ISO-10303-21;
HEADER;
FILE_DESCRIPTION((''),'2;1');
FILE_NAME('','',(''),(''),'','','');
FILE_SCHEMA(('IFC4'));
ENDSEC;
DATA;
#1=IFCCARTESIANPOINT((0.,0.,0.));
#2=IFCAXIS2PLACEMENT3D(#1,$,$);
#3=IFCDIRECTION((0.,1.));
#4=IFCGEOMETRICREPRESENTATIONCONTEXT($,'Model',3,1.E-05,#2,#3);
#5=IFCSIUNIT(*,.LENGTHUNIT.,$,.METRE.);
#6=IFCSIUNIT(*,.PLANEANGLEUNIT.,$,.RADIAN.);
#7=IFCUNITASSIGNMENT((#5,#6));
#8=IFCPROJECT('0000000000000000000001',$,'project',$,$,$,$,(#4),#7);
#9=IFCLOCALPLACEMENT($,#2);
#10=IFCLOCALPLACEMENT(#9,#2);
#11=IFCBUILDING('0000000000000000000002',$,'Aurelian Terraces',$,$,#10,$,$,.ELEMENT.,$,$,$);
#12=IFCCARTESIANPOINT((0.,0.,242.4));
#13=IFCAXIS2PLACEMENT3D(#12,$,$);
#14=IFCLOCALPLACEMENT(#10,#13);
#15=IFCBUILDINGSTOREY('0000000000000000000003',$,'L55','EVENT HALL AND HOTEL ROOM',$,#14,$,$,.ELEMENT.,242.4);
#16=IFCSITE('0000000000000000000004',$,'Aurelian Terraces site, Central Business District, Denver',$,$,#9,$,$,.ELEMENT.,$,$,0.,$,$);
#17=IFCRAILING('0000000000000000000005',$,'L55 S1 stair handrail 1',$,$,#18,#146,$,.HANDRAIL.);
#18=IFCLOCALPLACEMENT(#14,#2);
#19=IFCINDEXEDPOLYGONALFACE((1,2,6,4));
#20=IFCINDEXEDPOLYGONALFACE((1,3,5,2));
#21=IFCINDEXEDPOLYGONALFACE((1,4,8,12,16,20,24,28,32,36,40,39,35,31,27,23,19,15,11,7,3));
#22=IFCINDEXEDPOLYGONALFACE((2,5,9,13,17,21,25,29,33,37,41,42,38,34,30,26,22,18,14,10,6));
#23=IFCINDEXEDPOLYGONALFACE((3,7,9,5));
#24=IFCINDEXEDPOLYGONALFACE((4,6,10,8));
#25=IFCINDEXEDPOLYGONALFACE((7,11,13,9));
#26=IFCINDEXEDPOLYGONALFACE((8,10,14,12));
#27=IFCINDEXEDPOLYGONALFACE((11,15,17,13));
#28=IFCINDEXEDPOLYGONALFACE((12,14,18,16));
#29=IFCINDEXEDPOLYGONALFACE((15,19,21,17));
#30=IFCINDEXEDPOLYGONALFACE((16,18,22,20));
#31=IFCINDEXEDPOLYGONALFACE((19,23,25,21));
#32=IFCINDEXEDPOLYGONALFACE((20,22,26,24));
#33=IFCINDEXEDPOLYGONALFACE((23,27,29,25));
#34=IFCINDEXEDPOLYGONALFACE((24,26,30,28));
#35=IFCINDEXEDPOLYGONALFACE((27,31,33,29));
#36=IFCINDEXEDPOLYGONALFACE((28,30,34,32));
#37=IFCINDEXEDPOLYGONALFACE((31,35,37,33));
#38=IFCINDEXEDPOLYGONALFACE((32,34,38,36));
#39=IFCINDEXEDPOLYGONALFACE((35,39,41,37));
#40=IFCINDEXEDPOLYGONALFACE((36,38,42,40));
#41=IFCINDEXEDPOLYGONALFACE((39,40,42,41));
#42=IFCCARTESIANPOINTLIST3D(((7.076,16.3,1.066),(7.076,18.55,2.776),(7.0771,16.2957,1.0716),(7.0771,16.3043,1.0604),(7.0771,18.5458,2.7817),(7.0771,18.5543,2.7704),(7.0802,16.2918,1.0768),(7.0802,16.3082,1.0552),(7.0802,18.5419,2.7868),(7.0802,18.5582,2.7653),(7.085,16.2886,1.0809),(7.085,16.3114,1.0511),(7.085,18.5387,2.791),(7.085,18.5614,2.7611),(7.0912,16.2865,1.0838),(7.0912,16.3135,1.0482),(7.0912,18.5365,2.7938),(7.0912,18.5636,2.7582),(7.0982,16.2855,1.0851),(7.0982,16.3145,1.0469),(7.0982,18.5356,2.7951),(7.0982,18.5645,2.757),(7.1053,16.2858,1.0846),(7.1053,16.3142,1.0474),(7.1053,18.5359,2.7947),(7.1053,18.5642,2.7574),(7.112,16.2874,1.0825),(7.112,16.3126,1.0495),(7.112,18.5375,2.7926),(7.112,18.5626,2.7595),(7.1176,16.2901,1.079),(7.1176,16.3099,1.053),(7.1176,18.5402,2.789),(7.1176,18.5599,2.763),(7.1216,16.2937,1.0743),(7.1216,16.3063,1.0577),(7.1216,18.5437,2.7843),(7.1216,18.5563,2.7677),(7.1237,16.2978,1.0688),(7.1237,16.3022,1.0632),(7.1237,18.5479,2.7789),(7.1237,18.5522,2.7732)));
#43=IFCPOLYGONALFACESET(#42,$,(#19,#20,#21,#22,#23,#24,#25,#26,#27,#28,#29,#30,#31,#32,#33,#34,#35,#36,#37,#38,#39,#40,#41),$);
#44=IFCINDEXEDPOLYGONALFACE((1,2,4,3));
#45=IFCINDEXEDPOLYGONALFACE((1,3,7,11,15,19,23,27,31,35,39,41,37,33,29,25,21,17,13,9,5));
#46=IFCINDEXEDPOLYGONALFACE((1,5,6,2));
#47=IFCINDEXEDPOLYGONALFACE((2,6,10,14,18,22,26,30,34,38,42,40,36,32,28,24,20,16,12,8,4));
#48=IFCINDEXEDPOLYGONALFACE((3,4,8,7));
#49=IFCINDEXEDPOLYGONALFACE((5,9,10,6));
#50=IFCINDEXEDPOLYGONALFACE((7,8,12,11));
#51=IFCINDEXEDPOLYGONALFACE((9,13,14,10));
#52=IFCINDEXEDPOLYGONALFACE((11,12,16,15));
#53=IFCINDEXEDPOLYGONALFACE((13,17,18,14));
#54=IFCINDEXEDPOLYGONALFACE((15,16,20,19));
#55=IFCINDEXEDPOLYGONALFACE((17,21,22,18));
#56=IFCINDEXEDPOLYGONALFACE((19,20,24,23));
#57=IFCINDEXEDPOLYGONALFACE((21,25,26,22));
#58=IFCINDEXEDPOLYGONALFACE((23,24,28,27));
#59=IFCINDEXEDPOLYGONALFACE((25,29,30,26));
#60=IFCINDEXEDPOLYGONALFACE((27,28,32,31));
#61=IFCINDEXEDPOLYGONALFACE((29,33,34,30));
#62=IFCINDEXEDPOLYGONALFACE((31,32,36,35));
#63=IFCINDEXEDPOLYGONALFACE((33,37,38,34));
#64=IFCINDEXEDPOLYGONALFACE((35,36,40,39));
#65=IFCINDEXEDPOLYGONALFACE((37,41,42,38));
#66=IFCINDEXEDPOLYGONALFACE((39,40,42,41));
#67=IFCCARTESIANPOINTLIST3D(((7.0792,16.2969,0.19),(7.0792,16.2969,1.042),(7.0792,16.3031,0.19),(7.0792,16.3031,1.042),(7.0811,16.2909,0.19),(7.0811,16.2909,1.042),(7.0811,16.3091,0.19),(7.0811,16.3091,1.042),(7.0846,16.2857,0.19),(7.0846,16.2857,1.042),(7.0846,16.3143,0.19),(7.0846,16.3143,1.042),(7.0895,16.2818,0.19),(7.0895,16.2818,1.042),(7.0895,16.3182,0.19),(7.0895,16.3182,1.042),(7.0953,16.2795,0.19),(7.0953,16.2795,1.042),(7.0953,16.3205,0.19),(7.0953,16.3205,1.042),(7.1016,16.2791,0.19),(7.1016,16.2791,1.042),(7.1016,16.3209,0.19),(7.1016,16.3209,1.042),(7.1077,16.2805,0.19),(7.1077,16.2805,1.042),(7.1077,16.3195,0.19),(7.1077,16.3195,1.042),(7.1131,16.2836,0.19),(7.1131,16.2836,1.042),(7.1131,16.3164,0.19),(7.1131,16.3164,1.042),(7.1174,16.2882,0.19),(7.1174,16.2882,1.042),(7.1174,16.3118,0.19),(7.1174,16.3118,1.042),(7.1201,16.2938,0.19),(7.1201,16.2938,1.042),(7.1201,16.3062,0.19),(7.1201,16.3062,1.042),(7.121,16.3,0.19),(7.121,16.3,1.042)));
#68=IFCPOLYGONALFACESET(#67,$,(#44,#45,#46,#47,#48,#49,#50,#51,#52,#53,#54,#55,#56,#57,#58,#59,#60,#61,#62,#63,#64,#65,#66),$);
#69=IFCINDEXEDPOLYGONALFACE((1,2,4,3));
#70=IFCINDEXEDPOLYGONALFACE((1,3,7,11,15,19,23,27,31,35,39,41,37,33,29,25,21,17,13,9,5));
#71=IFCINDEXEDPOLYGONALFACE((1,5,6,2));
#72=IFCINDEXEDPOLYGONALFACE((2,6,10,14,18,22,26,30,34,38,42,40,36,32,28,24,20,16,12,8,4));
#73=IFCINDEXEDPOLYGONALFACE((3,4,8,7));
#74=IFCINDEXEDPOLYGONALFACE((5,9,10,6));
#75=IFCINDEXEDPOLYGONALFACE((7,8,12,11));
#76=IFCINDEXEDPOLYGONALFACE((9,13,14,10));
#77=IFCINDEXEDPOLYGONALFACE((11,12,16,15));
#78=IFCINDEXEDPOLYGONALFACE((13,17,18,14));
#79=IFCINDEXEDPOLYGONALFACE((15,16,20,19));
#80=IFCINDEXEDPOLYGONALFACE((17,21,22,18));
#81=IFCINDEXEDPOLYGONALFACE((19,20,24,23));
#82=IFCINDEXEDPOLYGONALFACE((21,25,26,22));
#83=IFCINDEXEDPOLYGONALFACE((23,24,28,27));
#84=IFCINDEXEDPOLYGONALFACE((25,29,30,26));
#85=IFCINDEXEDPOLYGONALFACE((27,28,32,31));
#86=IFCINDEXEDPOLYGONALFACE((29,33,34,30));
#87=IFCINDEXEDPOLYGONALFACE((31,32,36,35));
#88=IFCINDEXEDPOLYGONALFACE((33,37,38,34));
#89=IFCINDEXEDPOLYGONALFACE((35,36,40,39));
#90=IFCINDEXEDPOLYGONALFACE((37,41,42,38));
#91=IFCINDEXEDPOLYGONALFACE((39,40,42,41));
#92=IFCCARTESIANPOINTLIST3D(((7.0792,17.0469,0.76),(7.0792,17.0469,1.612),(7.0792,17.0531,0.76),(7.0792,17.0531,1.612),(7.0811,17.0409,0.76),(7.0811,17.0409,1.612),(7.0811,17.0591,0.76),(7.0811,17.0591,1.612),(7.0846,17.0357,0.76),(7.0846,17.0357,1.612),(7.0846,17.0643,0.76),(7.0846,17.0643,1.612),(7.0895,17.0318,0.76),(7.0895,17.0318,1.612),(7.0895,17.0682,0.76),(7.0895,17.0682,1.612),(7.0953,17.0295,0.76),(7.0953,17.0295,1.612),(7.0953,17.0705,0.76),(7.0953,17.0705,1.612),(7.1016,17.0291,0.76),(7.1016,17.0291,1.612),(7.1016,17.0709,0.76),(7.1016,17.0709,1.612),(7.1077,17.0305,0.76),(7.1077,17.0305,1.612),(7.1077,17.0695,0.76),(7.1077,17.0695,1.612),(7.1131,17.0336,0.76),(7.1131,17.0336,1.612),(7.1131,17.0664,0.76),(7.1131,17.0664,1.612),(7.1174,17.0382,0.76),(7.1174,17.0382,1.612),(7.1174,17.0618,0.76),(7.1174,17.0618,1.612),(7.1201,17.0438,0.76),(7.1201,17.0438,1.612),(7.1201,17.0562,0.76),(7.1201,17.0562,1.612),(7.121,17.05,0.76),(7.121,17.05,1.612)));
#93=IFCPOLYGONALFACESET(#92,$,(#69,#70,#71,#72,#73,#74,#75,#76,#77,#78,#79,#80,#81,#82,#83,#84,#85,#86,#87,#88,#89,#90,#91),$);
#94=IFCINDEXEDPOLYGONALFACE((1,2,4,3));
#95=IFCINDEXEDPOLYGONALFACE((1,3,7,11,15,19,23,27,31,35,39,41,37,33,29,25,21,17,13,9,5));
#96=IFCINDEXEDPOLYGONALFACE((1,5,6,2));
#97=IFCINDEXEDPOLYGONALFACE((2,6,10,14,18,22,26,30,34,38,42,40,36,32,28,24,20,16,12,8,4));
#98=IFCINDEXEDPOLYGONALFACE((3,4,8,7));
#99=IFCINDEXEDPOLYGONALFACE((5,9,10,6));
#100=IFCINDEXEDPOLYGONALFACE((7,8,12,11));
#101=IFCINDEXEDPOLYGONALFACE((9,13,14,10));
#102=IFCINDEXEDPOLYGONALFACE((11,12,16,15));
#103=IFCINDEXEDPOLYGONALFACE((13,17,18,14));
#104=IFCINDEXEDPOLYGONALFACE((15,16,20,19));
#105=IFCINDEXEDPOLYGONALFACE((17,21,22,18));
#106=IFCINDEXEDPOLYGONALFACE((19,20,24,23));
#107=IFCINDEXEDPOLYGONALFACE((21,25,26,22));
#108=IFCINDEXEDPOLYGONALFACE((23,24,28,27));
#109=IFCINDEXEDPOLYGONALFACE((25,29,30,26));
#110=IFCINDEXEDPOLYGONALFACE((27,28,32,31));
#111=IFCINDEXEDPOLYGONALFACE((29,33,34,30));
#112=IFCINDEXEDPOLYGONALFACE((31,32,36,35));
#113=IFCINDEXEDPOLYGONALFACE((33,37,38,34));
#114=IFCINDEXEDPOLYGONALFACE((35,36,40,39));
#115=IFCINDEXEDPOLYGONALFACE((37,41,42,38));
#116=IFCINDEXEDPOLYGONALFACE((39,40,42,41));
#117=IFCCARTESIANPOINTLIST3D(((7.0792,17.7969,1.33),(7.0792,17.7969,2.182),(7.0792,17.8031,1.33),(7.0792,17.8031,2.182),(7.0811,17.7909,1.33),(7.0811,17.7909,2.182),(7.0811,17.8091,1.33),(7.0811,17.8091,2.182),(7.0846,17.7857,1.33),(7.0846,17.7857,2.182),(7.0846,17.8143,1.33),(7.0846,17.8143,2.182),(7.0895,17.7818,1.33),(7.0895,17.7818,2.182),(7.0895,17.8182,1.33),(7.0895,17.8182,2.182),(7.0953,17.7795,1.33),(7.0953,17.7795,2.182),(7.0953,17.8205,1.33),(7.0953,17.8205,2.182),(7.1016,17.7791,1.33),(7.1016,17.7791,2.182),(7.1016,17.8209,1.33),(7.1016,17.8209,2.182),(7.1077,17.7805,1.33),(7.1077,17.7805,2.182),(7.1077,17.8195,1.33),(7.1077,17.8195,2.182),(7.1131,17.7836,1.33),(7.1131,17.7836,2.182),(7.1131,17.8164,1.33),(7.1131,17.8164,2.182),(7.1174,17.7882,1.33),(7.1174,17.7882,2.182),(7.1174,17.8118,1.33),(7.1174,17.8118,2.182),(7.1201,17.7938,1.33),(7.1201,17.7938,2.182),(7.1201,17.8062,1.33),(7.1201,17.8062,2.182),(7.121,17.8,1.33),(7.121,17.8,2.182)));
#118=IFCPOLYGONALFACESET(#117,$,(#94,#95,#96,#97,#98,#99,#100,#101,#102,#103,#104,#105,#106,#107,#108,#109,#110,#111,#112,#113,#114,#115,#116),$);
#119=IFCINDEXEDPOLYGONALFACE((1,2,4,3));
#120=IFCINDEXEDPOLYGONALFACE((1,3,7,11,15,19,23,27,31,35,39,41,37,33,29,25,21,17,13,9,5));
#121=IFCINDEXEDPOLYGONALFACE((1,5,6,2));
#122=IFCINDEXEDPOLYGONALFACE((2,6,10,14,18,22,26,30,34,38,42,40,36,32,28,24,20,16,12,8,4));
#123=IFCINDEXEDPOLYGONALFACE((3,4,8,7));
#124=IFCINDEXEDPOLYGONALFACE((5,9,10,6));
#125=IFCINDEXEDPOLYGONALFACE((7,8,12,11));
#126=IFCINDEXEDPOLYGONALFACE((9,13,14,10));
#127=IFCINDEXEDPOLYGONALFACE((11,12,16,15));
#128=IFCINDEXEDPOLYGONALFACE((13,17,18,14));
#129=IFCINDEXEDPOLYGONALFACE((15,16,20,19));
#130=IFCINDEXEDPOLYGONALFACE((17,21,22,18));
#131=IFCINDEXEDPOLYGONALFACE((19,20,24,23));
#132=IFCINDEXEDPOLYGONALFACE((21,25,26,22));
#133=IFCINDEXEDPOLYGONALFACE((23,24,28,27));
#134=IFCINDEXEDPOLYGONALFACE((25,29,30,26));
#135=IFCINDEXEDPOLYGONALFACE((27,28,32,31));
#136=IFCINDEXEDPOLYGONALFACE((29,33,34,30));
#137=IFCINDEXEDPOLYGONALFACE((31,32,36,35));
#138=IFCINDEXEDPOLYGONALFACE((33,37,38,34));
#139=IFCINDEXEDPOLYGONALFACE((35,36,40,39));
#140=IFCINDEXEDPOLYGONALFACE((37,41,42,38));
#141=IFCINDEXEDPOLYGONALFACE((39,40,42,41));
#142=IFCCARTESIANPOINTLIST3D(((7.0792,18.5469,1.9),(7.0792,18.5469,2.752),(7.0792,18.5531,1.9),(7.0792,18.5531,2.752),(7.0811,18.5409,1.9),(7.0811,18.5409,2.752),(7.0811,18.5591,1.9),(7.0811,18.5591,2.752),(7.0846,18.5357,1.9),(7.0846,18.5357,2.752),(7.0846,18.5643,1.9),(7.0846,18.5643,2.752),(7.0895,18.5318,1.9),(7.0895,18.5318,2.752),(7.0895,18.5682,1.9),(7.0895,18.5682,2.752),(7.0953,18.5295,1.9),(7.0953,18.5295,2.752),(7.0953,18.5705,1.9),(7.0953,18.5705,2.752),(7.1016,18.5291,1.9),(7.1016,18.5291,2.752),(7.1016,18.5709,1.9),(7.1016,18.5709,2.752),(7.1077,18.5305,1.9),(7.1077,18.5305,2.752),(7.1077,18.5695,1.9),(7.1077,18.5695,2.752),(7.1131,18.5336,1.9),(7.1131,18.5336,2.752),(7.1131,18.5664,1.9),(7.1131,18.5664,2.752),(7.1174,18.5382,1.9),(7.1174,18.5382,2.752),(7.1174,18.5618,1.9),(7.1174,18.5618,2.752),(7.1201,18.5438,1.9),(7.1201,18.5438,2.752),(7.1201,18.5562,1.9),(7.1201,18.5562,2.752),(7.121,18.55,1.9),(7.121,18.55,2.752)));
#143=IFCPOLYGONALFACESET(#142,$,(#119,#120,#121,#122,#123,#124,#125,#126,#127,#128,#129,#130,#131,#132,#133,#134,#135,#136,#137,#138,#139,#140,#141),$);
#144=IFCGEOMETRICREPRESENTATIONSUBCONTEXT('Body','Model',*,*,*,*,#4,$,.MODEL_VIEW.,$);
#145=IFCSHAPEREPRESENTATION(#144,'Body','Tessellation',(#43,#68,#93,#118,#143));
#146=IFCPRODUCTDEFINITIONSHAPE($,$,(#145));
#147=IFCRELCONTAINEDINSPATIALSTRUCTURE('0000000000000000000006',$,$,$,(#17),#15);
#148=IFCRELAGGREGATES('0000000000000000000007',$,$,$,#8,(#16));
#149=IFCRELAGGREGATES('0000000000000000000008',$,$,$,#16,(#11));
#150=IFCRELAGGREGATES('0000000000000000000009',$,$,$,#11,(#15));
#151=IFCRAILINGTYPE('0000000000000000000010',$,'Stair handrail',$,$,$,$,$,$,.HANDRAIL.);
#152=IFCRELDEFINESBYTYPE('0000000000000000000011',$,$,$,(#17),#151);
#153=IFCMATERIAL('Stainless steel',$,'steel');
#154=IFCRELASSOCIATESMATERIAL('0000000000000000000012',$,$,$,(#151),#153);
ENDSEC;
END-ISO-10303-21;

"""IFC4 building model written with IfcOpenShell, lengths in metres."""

from ifc_helpers import new_model, si_unit, direction, frame, origin, origin_2d, place, context, subcontext, project, spatial, circle, extrude, source, transform, mapped, material, type_object, element, save


model = new_model("IFC4")

# Units and contexts
model_context = context("Model", 3, precision=1e-05, world=origin(), true_north=direction((0.0, 1.0)))
body_context = subcontext(model_context, "Body", "Model", "MODEL_VIEW")
ifc_project = project(units=[si_unit("LENGTHUNIT", "METRE"), si_unit("PLANEANGLEUNIT", "RADIAN")], contexts=[model_context])

# Site, building, storey
site_placement = place(None, origin())
site = spatial("IfcSite", under=ifc_project, at=site_placement, Name="Aurelian Terraces site, Central Business District, Denver", CompositionType="ELEMENT", RefElevation=0.0)
building_placement = place(site_placement, origin())
building = spatial("IfcBuilding", under=site, at=building_placement, Name="Aurelian Terraces", CompositionType="ELEMENT")
storey_placement = place(building_placement, frame((0.0, 0.0, 242.4)))
storey = spatial("IfcBuildingStorey", under=building, at=storey_placement, Name="L55", Description="EVENT HALL AND HOTEL ROOM", CompositionType="ELEMENT", Elevation=242.4)

# Shared definitions
ifc_material_1 = material(Name="Stainless steel", Category="steel")

# Railing
railing_type_1 = type_object("IfcRailingType", Name="Stair handrail", PredefinedType="HANDRAIL", material=ifc_material_1)
shared_shape_1 = source(origin(), body_context, "Body", "SweptSolid", [
    extrude(circle(Radius=0.024, at=origin_2d()), frame((0.0, 0.0, 0.876), z_axis=(0.0, 0.796162, 0.605083), x_axis=(-1.0, 0.0, 0.0)), (0.0, 0.0, 1.0), 2.8261),
    extrude(circle(Radius=0.021, at=origin_2d()), origin(), (0.0, 0.0, 1.0), 0.852),
    extrude(circle(Radius=0.021, at=origin_2d()), frame((0.0, 0.75, 0.57)), (0.0, 0.0, 1.0), 0.852),
    extrude(circle(Radius=0.021, at=origin_2d()), frame((0.0, 1.5, 1.14)), (0.0, 0.0, 1.0), 0.852),
    extrude(circle(Radius=0.021, at=origin_2d()), frame((0.0, 2.25, 1.71)), (0.0, 0.0, 1.0), 0.852),
])
railing_1_placement = place(storey_placement, frame((7.1, 16.3, 0.19)))
element("IfcRailing", 1, at=railing_1_placement, inside=storey, type_object=railing_type_1, Name="L55 S1 stair handrail 1", PredefinedType="HANDRAIL", context=body_context, shape_type="MappedRepresentation", body=[
    mapped(shared_shape_1, transform((0.0, 0.0, 0.0), scale=1.0)),
])

save(model, "model.ifc")
